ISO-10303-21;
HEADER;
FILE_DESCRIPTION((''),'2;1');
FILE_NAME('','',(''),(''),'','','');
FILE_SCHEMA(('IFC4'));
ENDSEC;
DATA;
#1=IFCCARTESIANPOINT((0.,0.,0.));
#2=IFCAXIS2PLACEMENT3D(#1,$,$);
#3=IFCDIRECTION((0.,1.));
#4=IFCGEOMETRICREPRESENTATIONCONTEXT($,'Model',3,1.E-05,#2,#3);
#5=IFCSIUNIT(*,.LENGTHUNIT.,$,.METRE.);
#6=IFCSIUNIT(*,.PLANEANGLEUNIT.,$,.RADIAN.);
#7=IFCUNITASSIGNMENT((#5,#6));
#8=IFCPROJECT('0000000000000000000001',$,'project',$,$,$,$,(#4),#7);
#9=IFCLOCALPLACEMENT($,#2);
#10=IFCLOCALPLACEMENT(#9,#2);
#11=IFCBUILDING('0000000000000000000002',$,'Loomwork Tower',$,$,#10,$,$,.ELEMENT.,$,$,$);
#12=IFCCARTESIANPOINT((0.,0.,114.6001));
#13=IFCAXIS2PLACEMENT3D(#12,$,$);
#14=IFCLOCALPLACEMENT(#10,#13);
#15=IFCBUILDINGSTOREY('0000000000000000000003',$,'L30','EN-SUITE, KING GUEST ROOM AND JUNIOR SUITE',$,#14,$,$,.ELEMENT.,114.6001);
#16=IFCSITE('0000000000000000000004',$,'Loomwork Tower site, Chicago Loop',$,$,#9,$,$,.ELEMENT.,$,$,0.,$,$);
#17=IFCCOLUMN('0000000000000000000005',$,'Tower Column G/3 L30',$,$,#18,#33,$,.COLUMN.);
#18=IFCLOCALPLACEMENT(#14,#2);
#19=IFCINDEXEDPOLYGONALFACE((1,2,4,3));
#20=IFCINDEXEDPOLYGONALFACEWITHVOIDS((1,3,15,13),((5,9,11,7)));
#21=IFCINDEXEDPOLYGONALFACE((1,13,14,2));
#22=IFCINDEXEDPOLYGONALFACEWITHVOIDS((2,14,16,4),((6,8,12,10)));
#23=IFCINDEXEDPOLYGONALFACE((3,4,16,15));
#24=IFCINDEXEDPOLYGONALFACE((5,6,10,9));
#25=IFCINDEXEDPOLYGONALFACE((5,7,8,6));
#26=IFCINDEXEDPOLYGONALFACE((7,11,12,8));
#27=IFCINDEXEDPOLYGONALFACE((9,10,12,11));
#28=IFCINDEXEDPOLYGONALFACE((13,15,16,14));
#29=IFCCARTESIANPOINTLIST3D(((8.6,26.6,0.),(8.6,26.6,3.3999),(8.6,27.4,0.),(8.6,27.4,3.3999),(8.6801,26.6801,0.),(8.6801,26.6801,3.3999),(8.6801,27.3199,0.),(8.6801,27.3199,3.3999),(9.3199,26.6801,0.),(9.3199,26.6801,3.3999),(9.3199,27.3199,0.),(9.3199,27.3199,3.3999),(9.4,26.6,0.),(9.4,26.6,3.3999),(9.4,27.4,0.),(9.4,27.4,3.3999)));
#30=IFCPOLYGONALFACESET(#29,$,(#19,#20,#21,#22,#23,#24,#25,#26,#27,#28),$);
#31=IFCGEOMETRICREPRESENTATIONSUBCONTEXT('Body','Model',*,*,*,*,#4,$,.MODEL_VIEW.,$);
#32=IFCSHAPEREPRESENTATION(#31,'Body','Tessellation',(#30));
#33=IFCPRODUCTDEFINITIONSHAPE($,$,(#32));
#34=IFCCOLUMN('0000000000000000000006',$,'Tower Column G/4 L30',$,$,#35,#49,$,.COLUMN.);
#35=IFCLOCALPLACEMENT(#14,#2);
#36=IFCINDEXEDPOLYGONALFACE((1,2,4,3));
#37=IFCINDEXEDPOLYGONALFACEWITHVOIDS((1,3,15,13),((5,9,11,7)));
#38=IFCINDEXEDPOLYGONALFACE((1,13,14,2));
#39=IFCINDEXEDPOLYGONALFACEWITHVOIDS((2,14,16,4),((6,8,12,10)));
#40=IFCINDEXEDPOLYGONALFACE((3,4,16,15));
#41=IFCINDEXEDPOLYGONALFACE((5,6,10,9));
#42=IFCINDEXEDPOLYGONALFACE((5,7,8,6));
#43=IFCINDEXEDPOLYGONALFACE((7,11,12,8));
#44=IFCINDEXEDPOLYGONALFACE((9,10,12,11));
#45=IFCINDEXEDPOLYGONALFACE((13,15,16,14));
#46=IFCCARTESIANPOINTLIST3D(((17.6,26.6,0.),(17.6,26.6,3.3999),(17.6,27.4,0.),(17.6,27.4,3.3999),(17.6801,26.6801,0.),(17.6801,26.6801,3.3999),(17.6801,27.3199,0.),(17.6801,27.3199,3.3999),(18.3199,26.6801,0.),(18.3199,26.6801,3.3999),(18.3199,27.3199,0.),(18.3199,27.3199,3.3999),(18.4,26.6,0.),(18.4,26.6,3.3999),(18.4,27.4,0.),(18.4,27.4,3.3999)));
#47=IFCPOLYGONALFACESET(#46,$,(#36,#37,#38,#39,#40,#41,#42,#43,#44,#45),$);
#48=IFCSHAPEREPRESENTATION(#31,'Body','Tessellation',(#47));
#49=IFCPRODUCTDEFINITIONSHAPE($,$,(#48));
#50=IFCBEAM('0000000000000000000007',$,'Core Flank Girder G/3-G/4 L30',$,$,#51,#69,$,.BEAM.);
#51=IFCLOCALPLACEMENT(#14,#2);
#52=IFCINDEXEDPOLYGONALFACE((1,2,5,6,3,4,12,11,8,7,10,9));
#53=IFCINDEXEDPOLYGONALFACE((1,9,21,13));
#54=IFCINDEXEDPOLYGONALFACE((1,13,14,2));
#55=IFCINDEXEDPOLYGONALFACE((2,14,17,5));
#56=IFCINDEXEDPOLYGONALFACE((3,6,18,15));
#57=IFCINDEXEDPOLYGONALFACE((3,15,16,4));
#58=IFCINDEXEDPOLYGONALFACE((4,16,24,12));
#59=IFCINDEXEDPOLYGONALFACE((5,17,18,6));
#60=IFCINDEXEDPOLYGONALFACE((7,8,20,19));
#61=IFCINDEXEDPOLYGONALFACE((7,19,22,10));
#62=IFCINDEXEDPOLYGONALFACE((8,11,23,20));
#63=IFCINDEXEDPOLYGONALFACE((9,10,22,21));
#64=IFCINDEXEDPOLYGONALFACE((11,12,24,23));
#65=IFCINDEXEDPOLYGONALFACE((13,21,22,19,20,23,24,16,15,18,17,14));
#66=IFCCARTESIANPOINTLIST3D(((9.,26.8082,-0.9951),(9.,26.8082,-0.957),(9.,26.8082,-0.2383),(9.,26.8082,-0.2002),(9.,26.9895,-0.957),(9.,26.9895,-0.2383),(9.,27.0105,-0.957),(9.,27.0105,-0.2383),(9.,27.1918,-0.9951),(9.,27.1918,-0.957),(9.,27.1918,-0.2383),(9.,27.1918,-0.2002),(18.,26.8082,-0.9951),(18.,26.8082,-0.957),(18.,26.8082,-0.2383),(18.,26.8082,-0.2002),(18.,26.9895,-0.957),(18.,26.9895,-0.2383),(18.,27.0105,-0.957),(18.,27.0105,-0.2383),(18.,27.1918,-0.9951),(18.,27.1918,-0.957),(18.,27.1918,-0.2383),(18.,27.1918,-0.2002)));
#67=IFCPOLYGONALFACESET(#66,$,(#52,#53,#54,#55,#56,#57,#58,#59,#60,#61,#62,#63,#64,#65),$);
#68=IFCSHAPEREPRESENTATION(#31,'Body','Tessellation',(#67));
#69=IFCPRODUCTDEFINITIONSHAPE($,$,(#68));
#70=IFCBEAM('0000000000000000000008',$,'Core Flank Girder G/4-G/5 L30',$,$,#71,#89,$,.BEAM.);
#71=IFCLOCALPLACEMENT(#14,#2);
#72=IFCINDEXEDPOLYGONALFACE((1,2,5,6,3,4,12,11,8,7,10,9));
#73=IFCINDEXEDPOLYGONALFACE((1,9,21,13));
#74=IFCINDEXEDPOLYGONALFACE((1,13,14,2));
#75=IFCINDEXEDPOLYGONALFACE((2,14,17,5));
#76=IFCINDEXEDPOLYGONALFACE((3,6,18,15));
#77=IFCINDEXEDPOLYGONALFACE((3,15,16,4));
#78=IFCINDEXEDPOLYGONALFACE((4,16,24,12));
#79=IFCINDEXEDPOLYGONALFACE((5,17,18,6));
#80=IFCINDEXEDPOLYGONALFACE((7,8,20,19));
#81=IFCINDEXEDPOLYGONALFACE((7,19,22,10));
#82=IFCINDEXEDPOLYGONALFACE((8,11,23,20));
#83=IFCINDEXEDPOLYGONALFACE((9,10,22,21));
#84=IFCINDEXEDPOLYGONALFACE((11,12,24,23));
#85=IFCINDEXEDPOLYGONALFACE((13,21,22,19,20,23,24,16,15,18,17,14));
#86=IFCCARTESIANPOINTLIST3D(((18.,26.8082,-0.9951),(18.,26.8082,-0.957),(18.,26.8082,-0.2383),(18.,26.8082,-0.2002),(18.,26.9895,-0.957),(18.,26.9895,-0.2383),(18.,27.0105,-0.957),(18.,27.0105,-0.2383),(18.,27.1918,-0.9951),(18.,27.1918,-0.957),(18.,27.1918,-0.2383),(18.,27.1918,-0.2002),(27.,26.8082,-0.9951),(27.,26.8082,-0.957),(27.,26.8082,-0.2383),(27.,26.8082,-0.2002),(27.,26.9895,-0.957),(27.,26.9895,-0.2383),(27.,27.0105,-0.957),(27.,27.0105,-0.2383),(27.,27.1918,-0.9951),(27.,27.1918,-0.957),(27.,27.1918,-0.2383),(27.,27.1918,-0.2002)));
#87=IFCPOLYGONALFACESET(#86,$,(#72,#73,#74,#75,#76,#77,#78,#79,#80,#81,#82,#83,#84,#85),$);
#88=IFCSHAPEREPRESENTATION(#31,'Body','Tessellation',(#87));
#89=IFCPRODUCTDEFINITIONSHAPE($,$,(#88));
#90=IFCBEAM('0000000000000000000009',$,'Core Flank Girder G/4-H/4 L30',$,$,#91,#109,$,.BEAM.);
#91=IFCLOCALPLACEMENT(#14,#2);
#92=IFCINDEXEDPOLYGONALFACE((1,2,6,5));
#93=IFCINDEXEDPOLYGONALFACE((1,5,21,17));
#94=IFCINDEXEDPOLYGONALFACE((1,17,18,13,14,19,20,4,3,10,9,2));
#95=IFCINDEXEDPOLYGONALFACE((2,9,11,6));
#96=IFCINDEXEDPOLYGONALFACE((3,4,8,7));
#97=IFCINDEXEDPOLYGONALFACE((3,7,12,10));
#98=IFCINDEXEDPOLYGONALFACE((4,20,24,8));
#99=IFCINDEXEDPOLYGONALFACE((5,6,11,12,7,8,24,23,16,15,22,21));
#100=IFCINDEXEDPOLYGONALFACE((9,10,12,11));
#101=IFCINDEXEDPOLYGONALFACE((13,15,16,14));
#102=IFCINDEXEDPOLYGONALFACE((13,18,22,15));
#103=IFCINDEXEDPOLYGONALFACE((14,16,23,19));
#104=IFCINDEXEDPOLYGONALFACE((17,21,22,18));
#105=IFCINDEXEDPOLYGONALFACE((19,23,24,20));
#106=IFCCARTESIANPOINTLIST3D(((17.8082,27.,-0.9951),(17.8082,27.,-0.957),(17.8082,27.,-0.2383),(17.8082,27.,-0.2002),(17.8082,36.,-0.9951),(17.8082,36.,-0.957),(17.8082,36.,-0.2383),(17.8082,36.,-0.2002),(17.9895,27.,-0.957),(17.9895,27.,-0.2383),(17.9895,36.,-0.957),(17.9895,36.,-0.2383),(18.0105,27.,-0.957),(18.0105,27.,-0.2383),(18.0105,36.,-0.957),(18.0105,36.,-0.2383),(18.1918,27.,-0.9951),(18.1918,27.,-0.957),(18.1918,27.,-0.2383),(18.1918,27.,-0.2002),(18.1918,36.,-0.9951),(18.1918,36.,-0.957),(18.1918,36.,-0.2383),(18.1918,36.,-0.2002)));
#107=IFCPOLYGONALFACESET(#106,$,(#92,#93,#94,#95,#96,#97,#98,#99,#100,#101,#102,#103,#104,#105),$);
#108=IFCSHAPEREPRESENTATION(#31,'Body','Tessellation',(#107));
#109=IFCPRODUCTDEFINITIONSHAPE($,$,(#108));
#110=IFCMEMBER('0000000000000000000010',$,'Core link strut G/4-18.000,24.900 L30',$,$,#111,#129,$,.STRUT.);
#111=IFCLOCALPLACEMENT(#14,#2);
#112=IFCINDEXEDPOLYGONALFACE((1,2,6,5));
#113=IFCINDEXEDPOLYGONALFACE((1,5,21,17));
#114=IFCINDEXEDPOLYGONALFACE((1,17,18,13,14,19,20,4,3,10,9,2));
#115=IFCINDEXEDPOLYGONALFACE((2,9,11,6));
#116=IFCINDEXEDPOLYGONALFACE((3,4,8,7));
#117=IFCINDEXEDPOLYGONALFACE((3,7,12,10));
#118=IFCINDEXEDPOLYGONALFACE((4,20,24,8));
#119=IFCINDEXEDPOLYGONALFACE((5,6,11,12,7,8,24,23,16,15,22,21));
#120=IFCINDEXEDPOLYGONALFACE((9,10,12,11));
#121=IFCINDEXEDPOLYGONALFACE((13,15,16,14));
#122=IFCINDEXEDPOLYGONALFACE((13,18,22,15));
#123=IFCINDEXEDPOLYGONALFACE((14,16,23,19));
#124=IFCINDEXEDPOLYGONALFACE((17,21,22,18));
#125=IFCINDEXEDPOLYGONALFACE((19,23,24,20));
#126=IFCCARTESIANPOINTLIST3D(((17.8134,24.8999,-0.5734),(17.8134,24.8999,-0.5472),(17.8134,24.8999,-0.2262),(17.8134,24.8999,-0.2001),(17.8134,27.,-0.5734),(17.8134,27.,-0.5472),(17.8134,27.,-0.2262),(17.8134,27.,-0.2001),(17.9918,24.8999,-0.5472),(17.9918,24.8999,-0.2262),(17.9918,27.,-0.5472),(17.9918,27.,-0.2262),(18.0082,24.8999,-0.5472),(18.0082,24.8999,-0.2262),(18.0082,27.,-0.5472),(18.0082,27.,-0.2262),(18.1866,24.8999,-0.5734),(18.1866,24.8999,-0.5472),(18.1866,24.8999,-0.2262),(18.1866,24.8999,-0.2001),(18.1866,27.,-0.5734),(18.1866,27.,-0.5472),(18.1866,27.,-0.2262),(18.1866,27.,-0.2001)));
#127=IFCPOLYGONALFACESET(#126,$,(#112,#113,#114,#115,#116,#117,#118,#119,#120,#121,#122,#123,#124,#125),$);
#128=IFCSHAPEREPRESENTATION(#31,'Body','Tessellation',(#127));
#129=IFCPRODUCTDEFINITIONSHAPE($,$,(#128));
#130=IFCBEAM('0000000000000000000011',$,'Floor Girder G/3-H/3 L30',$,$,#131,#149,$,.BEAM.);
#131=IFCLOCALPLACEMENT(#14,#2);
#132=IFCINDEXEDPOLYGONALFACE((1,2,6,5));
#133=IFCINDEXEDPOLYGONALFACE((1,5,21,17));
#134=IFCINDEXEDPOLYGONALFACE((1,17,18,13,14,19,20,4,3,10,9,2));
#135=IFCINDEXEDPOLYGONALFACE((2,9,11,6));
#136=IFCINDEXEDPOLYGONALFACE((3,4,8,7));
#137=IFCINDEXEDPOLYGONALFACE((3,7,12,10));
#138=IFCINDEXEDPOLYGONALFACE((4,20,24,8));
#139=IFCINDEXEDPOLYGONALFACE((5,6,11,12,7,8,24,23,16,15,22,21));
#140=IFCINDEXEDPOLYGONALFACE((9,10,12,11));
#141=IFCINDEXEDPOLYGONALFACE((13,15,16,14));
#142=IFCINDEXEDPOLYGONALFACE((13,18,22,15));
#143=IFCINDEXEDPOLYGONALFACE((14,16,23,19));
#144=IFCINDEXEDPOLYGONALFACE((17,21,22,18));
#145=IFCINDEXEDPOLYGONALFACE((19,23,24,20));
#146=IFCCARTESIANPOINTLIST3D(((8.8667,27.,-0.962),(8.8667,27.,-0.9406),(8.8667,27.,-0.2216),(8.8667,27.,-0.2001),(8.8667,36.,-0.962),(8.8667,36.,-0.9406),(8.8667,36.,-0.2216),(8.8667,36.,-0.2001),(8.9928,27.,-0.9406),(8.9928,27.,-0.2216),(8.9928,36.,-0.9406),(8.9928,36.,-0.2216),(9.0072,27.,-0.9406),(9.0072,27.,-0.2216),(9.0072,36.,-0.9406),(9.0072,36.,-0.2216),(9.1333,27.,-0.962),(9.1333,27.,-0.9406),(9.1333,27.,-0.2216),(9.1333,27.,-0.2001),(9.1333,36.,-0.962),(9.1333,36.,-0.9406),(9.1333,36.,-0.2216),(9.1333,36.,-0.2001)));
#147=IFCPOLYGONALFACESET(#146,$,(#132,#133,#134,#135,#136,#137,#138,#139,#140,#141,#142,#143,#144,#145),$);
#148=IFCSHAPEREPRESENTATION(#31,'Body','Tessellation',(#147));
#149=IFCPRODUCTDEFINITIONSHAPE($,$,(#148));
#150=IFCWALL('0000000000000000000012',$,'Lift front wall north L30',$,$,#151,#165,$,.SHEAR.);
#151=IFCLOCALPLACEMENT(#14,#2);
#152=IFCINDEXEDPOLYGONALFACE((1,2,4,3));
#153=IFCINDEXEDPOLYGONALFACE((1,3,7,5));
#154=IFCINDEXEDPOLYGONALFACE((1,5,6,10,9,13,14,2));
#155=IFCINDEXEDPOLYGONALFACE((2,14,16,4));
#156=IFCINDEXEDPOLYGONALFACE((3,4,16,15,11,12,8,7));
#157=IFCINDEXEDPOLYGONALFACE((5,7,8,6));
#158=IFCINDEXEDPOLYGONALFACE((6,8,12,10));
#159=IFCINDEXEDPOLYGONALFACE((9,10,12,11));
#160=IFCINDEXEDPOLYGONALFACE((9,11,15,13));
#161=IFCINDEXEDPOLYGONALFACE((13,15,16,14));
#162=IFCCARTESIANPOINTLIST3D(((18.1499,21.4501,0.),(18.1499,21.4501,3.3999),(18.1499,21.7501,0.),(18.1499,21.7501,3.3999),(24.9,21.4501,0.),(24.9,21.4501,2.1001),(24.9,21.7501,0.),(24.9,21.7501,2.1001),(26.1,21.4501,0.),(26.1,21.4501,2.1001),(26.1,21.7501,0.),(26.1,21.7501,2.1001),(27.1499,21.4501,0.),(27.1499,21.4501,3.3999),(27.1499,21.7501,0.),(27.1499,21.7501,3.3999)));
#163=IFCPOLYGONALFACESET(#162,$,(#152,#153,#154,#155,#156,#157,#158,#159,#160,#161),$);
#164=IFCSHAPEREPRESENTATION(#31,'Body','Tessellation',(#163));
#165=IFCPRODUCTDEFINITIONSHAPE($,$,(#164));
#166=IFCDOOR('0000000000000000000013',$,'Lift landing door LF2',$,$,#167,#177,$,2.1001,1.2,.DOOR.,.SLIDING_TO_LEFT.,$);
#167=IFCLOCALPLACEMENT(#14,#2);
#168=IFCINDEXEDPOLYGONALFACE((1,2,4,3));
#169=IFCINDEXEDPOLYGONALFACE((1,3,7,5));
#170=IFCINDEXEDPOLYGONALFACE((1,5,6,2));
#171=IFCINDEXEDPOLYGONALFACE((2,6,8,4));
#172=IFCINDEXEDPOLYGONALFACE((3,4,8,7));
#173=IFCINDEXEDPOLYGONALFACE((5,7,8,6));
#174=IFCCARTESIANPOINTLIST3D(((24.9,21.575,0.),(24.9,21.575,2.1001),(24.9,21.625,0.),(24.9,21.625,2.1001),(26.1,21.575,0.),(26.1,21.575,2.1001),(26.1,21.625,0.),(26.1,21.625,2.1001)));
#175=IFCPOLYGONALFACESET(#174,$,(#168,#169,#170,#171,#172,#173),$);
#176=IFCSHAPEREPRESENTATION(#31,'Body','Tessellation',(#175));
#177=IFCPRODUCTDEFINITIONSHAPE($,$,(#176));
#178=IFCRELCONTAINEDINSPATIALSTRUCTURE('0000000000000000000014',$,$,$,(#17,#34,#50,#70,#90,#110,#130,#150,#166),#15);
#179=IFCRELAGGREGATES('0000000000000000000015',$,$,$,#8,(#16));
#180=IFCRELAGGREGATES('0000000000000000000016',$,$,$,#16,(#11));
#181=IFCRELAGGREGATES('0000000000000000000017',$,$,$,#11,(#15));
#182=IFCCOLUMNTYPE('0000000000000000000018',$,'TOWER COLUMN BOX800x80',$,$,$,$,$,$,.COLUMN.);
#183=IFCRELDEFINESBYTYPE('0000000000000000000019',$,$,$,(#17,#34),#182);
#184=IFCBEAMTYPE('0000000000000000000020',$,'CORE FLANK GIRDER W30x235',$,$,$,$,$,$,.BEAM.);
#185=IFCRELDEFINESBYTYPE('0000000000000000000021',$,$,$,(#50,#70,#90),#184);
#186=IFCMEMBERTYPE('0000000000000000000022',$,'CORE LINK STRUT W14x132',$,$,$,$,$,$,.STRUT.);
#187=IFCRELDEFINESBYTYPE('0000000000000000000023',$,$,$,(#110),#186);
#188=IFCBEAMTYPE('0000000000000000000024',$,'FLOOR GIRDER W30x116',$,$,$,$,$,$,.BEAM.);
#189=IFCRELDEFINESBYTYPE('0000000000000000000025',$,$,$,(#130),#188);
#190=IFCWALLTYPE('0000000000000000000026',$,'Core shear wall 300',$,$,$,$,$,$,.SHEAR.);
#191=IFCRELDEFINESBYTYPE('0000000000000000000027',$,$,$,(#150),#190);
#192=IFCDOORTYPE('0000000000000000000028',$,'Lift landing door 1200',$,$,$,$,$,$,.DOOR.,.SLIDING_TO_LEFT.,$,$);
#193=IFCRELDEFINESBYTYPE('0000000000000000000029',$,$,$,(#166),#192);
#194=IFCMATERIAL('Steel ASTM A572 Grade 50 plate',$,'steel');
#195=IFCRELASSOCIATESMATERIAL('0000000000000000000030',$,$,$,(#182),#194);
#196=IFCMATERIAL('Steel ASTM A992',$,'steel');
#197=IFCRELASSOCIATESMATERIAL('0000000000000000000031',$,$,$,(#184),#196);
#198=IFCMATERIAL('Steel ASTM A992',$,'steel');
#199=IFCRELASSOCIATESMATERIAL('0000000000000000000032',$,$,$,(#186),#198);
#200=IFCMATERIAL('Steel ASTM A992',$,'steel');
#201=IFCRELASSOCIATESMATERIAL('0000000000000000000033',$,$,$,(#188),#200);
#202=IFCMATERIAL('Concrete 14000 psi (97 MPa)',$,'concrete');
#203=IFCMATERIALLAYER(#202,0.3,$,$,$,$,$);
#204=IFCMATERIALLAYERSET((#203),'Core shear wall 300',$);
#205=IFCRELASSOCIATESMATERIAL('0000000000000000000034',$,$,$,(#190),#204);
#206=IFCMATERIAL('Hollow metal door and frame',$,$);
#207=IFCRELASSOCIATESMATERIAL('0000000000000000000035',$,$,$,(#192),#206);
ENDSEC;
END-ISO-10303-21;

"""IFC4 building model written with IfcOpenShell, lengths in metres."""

from ifc_helpers import new_model, si_unit, direction, frame, frame_2d, origin, origin_2d, place, context, subcontext, project, spatial, rectangle, hollow_rectangle, i_section, extrude, material, layer, layer_set, material_profile, profile_set, type_object, element, fill, save


model = new_model("IFC4")

# Units and contexts
model_context = context("Model", 3, precision=1e-05, world=origin(), true_north=direction((0.0, 1.0)))
body_context = subcontext(model_context, "Body", "Model", "MODEL_VIEW")
ifc_project = project(units=[si_unit("LENGTHUNIT", "METRE"), si_unit("PLANEANGLEUNIT", "RADIAN")], contexts=[model_context])

# Site, building, storey
site_placement = place(None, origin())
site = spatial("IfcSite", under=ifc_project, at=site_placement, Name="Loomwork Tower site, Chicago Loop", CompositionType="ELEMENT", RefElevation=0.0)
building_placement = place(site_placement, origin())
building = spatial("IfcBuilding", under=site, at=building_placement, Name="Loomwork Tower", CompositionType="ELEMENT")
storey_placement = place(building_placement, frame((0.0, 0.0, 114.6001)))
storey = spatial("IfcBuildingStorey", under=building, at=storey_placement, Name="L30", Description="EN-SUITE, KING GUEST ROOM AND JUNIOR SUITE", CompositionType="ELEMENT", Elevation=114.6001)

# Columns
ifc_material_1 = material(Name="Steel ASTM A572 Grade 50 plate", Category="steel")
ifc_material_profile_1 = material_profile(ifc_material_1, hollow_rectangle(XDim=0.8, YDim=0.8, WallThickness=0.0801, at=origin_2d()), Name="BOX800x80")
ifc_profile_set_1 = profile_set([ifc_material_profile_1], Name="Steel ASTM A572 Grade 50 plate")
column_type = type_object("IfcColumnType", Name="TOWER COLUMN BOX800x80", PredefinedType="COLUMN", material=ifc_profile_set_1)
for number, where, z_axis, x_axis, name in (
    (1, (9.0, 27.0, 0.0), (0.0, 0.0, 1.0), (1.0, 0.0, 0.0), "Tower Column G/3 L30"),
    (2, (18.0, 27.0, 0.0), (0.0, 0.0, 1.0), (1.0, 0.0, 0.0), "Tower Column G/4 L30"),
):
    element("IfcColumn", number, at=place(storey_placement, frame(where, z_axis=z_axis, x_axis=x_axis)), inside=storey, type_object=column_type, Name=name, PredefinedType="COLUMN", context=body_context, shape_type="SweptSolid", body=[
        extrude(hollow_rectangle(XDim=0.8, YDim=0.8, WallThickness=0.0801, at=origin_2d()), origin(), (0.0, 0.0, 1.0), 3.3999),
    ])

# Beams
ifc_material_2 = material(Name="Steel ASTM A992", Category="steel")
ifc_material_profile_2 = material_profile(ifc_material_2, i_section(OverallWidth=0.3835, OverallDepth=0.7949, WebThickness=0.021, FlangeThickness=0.0381, at=origin_2d()), Name="W30x235")
ifc_profile_set_2 = profile_set([ifc_material_profile_2], Name="Steel ASTM A992")
beam_type_1 = type_object("IfcBeamType", Name="CORE FLANK GIRDER W30x235", PredefinedType="BEAM", material=ifc_profile_set_2)
for number, where, z_axis, x_axis, name in (
    (3, (9.0, 27.0, -0.5977), (1.0, 0.0, 0.0), (0.0, 1.0, 0.0), "Core Flank Girder G/3-G/4 L30"),
    (4, (18.0, 27.0, -0.5977), (1.0, 0.0, 0.0), (0.0, 1.0, 0.0), "Core Flank Girder G/4-G/5 L30"),
    (5, (18.0, 27.0, -0.5977), (0.0, 1.0, 0.0), (-1.0, 0.0, 0.0), "Core Flank Girder G/4-H/4 L30"),
):
    element("IfcBeam", number, at=place(storey_placement, frame(where, z_axis=z_axis, x_axis=x_axis)), inside=storey, type_object=beam_type_1, Name=name, PredefinedType="BEAM", context=body_context, shape_type="SweptSolid", body=[
        extrude(i_section(OverallWidth=0.3835, OverallDepth=0.7949, WebThickness=0.021, FlangeThickness=0.0381, at=origin_2d()), origin(), (0.0, 0.0, 1.0), 9.0),
    ])

# Member
ifc_material_3 = material(Name="Steel ASTM A992", Category="steel")
ifc_material_profile_3 = material_profile(ifc_material_3, i_section(OverallWidth=0.3733, OverallDepth=0.3733, WebThickness=0.0164, FlangeThickness=0.0261, at=origin_2d()), Name="W14x132")
ifc_profile_set_3 = profile_set([ifc_material_profile_3], Name="Steel ASTM A992")
member_type = type_object("IfcMemberType", Name="CORE LINK STRUT W14x132", PredefinedType="STRUT", material=ifc_profile_set_3)
member_placement = place(storey_placement, frame((18.0, 27.0, -0.3867), z_axis=(0.0, -1.0, 0.0), x_axis=(1.0, 0.0, 0.0)))
element("IfcMember", 6, at=member_placement, inside=storey, type_object=member_type, Name="Core link strut G/4-18.000,24.900 L30", PredefinedType="STRUT", context=body_context, shape_type="SweptSolid", body=[
    extrude(i_section(OverallWidth=0.3733, OverallDepth=0.3733, WebThickness=0.0164, FlangeThickness=0.0261, at=origin_2d()), origin(), (0.0, 0.0, 1.0), 2.1001),
])

# Beam
ifc_material_4 = material(Name="Steel ASTM A992", Category="steel")
ifc_material_profile_4 = material_profile(ifc_material_4, i_section(OverallWidth=0.2666, OverallDepth=0.762, WebThickness=0.0144, FlangeThickness=0.0215, at=origin_2d()), Name="W30x116")
ifc_profile_set_4 = profile_set([ifc_material_profile_4], Name="Steel ASTM A992")
beam_type_2 = type_object("IfcBeamType", Name="FLOOR GIRDER W30x116", PredefinedType="BEAM", material=ifc_profile_set_4)
beam_placement = place(storey_placement, frame((9.0, 27.0, -0.5811), z_axis=(0.0, 1.0, 0.0), x_axis=(-1.0, 0.0, 0.0)))
element("IfcBeam", 7, at=beam_placement, inside=storey, type_object=beam_type_2, Name="Floor Girder G/3-H/3 L30", PredefinedType="BEAM", context=body_context, shape_type="SweptSolid", body=[
    extrude(i_section(OverallWidth=0.2666, OverallDepth=0.762, WebThickness=0.0144, FlangeThickness=0.0215, at=origin_2d()), origin(), (0.0, 0.0, 1.0), 9.0),
])

# Wall, opening, door
ifc_material_5 = material(Name="Concrete 14000 psi (97 MPa)", Category="concrete")
ifc_layer_1 = layer(ifc_material_5, 0.3)
ifc_layer_set_1 = layer_set([ifc_layer_1], Name="Core shear wall 300")
wall_type_1 = type_object("IfcWallType", Name="Core shear wall 300", PredefinedType="SHEAR", material=ifc_layer_set_1)
wall_1_placement = place(storey_placement, frame((18.1499, 21.6001, 0.0), z_axis=(0.0, 0.0, 1.0), x_axis=(1.0, 0.0, 0.0)))
wall_1 = element("IfcWall", 8, at=wall_1_placement, inside=storey, type_object=wall_type_1, Name="Lift front wall north L30", PredefinedType="SHEAR", context=body_context, shape_type="SweptSolid", body=[
    extrude(rectangle(XDim=9.0, YDim=0.3, at=frame_2d((4.5, 0.0))), origin(), (0.0, 0.0, 1.0), 3.3999),
])
opening_1_placement = place(wall_1_placement, frame((6.75, 0.0, 0.0)))
opening_1 = element("IfcOpeningElement", 9, at=opening_1_placement, cuts=wall_1, PredefinedType="OPENING", context=body_context, shape_type="SweptSolid", body=[
    extrude(rectangle(XDim=1.2, YDim=2.1001, at=frame_2d((0.6001, 1.05))), frame((0.0, 0.1599, 0.0), z_axis=(0.0, -1.0, 0.0), x_axis=(1.0, 0.0, 0.0)), (0.0, 0.0, 1.0), 0.3201),
])
ifc_material_6 = material(Name="Hollow metal door and frame")
door_type_1 = type_object("IfcDoorType", Name="Lift landing door 1200", OperationType="SLIDING_TO_LEFT", PredefinedType="DOOR", material=ifc_material_6)
door_1_placement = place(opening_1_placement, origin())
door_1 = element("IfcDoor", 10, at=door_1_placement, inside=storey, type_object=door_type_1, Name="Lift landing door LF2", OperationType="SLIDING_TO_LEFT", OverallHeight=2.1001, OverallWidth=1.2, PredefinedType="DOOR", context=body_context, shape_type="SweptSolid", body=[
    extrude(rectangle(XDim=1.2, YDim=2.1001, at=frame_2d((0.6001, 1.05))), frame((0.0, 0.0249, 0.0), z_axis=(0.0, -1.0, 0.0), x_axis=(1.0, 0.0, 0.0)), (0.0, 0.0, 1.0), 0.05),
])
fill(opening_1, door_1)

save(model, "model.ifc")
